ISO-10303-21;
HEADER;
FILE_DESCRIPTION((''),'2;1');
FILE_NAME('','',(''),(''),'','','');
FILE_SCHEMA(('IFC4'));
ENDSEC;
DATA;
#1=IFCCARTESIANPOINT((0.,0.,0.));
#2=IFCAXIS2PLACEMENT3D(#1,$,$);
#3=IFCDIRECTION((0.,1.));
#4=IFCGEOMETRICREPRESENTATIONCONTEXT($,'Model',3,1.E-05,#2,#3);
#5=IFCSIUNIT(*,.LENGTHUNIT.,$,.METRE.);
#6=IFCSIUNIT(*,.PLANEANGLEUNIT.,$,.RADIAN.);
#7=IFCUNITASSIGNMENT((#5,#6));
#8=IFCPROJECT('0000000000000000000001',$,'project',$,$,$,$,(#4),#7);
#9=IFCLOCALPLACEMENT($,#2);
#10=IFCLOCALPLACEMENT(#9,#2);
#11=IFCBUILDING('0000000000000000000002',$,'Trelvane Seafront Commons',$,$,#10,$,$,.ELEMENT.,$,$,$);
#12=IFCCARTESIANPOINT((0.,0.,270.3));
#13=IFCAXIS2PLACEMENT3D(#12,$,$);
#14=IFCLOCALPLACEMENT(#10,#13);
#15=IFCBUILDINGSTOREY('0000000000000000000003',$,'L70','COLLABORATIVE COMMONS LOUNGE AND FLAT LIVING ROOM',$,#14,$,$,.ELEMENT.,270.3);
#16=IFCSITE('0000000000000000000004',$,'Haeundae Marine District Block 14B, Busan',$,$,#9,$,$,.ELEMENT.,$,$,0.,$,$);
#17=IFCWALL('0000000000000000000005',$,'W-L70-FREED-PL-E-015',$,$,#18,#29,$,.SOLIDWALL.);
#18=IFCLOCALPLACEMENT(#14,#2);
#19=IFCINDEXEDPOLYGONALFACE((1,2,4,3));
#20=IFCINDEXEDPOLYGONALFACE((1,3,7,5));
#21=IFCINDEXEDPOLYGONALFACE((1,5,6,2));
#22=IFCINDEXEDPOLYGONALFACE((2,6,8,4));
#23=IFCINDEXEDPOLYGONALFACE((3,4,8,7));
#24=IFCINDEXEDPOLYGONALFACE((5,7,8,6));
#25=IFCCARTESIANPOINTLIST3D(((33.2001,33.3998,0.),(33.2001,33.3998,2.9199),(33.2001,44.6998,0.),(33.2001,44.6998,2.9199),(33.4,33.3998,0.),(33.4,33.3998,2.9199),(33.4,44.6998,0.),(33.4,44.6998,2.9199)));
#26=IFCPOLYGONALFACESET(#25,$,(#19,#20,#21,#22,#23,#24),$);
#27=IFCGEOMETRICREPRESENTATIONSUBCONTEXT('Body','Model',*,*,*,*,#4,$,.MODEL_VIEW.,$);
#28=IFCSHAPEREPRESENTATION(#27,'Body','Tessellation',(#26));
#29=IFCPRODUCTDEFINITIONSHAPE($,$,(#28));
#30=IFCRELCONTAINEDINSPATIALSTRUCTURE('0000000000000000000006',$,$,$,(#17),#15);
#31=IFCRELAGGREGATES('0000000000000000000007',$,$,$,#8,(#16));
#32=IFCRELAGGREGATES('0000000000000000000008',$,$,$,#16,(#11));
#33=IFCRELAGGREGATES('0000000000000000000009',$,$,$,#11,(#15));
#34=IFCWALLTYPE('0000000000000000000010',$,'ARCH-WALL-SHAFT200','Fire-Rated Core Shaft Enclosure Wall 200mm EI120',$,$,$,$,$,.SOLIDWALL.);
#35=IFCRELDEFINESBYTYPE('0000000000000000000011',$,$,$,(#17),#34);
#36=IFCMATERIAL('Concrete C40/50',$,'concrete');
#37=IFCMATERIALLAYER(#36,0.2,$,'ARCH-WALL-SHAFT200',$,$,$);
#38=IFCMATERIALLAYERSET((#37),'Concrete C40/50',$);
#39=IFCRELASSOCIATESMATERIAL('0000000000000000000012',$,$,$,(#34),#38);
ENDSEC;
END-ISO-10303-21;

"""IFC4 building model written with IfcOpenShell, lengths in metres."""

from ifc_helpers import new_model, si_unit, direction, frame, frame_2d, origin, place, context, subcontext, project, spatial, rectangle, extrude, material, layer, layer_set, type_object, element, save


model = new_model("IFC4")

# Units and contexts
model_context = context("Model", 3, precision=1e-05, world=origin(), true_north=direction((0.0, 1.0)))
body_context = subcontext(model_context, "Body", "Model", "MODEL_VIEW")
ifc_project = project(units=[si_unit("LENGTHUNIT", "METRE"), si_unit("PLANEANGLEUNIT", "RADIAN")], contexts=[model_context])

# Site, building, storey
site_placement = place(None, origin())
site = spatial("IfcSite", under=ifc_project, at=site_placement, Name="Haeundae Marine District Block 14B, Busan", CompositionType="ELEMENT", RefElevation=0.0)
building_placement = place(site_placement, origin())
building = spatial("IfcBuilding", under=site, at=building_placement, Name="Trelvane Seafront Commons", CompositionType="ELEMENT")
storey_placement = place(building_placement, frame((0.0, 0.0, 270.3)))
storey = spatial("IfcBuildingStorey", under=building, at=storey_placement, Name="L70", Description="COLLABORATIVE COMMONS LOUNGE AND FLAT LIVING ROOM", CompositionType="ELEMENT", Elevation=270.3)

# Shared definitions
ifc_material_1 = material(Name="Concrete C40/50", Category="concrete")

# Wall
ifc_layer_1 = layer(ifc_material_1, 0.2, Name="ARCH-WALL-SHAFT200")
ifc_layer_set_1 = layer_set([ifc_layer_1], Name="Concrete C40/50")
wall_type_1 = type_object("IfcWallType", Name="ARCH-WALL-SHAFT200", Description="Fire-Rated Core Shaft Enclosure Wall 200mm EI120", PredefinedType="SOLIDWALL", material=ifc_layer_set_1)
for number, where, z_axis, x_axis, name in (
    (1, (33.3, 33.3999, 0.0), (0.0, 0.0, 1.0), (0.0, 1.0, 0.0), "W-L70-FREED-PL-E-015"),
):
    element("IfcWall", number, at=place(storey_placement, frame(where, z_axis=z_axis, x_axis=x_axis)), inside=storey, type_object=wall_type_1, Name=name, PredefinedType="SOLIDWALL", context=body_context, shape_type="SweptSolid", body=[
        extrude(rectangle(XDim=11.3, YDim=0.2, at=frame_2d((5.6499, 0.0))), origin(), (0.0, 0.0, 1.0), 2.9199),
    ])

save(model, "model.ifc")
